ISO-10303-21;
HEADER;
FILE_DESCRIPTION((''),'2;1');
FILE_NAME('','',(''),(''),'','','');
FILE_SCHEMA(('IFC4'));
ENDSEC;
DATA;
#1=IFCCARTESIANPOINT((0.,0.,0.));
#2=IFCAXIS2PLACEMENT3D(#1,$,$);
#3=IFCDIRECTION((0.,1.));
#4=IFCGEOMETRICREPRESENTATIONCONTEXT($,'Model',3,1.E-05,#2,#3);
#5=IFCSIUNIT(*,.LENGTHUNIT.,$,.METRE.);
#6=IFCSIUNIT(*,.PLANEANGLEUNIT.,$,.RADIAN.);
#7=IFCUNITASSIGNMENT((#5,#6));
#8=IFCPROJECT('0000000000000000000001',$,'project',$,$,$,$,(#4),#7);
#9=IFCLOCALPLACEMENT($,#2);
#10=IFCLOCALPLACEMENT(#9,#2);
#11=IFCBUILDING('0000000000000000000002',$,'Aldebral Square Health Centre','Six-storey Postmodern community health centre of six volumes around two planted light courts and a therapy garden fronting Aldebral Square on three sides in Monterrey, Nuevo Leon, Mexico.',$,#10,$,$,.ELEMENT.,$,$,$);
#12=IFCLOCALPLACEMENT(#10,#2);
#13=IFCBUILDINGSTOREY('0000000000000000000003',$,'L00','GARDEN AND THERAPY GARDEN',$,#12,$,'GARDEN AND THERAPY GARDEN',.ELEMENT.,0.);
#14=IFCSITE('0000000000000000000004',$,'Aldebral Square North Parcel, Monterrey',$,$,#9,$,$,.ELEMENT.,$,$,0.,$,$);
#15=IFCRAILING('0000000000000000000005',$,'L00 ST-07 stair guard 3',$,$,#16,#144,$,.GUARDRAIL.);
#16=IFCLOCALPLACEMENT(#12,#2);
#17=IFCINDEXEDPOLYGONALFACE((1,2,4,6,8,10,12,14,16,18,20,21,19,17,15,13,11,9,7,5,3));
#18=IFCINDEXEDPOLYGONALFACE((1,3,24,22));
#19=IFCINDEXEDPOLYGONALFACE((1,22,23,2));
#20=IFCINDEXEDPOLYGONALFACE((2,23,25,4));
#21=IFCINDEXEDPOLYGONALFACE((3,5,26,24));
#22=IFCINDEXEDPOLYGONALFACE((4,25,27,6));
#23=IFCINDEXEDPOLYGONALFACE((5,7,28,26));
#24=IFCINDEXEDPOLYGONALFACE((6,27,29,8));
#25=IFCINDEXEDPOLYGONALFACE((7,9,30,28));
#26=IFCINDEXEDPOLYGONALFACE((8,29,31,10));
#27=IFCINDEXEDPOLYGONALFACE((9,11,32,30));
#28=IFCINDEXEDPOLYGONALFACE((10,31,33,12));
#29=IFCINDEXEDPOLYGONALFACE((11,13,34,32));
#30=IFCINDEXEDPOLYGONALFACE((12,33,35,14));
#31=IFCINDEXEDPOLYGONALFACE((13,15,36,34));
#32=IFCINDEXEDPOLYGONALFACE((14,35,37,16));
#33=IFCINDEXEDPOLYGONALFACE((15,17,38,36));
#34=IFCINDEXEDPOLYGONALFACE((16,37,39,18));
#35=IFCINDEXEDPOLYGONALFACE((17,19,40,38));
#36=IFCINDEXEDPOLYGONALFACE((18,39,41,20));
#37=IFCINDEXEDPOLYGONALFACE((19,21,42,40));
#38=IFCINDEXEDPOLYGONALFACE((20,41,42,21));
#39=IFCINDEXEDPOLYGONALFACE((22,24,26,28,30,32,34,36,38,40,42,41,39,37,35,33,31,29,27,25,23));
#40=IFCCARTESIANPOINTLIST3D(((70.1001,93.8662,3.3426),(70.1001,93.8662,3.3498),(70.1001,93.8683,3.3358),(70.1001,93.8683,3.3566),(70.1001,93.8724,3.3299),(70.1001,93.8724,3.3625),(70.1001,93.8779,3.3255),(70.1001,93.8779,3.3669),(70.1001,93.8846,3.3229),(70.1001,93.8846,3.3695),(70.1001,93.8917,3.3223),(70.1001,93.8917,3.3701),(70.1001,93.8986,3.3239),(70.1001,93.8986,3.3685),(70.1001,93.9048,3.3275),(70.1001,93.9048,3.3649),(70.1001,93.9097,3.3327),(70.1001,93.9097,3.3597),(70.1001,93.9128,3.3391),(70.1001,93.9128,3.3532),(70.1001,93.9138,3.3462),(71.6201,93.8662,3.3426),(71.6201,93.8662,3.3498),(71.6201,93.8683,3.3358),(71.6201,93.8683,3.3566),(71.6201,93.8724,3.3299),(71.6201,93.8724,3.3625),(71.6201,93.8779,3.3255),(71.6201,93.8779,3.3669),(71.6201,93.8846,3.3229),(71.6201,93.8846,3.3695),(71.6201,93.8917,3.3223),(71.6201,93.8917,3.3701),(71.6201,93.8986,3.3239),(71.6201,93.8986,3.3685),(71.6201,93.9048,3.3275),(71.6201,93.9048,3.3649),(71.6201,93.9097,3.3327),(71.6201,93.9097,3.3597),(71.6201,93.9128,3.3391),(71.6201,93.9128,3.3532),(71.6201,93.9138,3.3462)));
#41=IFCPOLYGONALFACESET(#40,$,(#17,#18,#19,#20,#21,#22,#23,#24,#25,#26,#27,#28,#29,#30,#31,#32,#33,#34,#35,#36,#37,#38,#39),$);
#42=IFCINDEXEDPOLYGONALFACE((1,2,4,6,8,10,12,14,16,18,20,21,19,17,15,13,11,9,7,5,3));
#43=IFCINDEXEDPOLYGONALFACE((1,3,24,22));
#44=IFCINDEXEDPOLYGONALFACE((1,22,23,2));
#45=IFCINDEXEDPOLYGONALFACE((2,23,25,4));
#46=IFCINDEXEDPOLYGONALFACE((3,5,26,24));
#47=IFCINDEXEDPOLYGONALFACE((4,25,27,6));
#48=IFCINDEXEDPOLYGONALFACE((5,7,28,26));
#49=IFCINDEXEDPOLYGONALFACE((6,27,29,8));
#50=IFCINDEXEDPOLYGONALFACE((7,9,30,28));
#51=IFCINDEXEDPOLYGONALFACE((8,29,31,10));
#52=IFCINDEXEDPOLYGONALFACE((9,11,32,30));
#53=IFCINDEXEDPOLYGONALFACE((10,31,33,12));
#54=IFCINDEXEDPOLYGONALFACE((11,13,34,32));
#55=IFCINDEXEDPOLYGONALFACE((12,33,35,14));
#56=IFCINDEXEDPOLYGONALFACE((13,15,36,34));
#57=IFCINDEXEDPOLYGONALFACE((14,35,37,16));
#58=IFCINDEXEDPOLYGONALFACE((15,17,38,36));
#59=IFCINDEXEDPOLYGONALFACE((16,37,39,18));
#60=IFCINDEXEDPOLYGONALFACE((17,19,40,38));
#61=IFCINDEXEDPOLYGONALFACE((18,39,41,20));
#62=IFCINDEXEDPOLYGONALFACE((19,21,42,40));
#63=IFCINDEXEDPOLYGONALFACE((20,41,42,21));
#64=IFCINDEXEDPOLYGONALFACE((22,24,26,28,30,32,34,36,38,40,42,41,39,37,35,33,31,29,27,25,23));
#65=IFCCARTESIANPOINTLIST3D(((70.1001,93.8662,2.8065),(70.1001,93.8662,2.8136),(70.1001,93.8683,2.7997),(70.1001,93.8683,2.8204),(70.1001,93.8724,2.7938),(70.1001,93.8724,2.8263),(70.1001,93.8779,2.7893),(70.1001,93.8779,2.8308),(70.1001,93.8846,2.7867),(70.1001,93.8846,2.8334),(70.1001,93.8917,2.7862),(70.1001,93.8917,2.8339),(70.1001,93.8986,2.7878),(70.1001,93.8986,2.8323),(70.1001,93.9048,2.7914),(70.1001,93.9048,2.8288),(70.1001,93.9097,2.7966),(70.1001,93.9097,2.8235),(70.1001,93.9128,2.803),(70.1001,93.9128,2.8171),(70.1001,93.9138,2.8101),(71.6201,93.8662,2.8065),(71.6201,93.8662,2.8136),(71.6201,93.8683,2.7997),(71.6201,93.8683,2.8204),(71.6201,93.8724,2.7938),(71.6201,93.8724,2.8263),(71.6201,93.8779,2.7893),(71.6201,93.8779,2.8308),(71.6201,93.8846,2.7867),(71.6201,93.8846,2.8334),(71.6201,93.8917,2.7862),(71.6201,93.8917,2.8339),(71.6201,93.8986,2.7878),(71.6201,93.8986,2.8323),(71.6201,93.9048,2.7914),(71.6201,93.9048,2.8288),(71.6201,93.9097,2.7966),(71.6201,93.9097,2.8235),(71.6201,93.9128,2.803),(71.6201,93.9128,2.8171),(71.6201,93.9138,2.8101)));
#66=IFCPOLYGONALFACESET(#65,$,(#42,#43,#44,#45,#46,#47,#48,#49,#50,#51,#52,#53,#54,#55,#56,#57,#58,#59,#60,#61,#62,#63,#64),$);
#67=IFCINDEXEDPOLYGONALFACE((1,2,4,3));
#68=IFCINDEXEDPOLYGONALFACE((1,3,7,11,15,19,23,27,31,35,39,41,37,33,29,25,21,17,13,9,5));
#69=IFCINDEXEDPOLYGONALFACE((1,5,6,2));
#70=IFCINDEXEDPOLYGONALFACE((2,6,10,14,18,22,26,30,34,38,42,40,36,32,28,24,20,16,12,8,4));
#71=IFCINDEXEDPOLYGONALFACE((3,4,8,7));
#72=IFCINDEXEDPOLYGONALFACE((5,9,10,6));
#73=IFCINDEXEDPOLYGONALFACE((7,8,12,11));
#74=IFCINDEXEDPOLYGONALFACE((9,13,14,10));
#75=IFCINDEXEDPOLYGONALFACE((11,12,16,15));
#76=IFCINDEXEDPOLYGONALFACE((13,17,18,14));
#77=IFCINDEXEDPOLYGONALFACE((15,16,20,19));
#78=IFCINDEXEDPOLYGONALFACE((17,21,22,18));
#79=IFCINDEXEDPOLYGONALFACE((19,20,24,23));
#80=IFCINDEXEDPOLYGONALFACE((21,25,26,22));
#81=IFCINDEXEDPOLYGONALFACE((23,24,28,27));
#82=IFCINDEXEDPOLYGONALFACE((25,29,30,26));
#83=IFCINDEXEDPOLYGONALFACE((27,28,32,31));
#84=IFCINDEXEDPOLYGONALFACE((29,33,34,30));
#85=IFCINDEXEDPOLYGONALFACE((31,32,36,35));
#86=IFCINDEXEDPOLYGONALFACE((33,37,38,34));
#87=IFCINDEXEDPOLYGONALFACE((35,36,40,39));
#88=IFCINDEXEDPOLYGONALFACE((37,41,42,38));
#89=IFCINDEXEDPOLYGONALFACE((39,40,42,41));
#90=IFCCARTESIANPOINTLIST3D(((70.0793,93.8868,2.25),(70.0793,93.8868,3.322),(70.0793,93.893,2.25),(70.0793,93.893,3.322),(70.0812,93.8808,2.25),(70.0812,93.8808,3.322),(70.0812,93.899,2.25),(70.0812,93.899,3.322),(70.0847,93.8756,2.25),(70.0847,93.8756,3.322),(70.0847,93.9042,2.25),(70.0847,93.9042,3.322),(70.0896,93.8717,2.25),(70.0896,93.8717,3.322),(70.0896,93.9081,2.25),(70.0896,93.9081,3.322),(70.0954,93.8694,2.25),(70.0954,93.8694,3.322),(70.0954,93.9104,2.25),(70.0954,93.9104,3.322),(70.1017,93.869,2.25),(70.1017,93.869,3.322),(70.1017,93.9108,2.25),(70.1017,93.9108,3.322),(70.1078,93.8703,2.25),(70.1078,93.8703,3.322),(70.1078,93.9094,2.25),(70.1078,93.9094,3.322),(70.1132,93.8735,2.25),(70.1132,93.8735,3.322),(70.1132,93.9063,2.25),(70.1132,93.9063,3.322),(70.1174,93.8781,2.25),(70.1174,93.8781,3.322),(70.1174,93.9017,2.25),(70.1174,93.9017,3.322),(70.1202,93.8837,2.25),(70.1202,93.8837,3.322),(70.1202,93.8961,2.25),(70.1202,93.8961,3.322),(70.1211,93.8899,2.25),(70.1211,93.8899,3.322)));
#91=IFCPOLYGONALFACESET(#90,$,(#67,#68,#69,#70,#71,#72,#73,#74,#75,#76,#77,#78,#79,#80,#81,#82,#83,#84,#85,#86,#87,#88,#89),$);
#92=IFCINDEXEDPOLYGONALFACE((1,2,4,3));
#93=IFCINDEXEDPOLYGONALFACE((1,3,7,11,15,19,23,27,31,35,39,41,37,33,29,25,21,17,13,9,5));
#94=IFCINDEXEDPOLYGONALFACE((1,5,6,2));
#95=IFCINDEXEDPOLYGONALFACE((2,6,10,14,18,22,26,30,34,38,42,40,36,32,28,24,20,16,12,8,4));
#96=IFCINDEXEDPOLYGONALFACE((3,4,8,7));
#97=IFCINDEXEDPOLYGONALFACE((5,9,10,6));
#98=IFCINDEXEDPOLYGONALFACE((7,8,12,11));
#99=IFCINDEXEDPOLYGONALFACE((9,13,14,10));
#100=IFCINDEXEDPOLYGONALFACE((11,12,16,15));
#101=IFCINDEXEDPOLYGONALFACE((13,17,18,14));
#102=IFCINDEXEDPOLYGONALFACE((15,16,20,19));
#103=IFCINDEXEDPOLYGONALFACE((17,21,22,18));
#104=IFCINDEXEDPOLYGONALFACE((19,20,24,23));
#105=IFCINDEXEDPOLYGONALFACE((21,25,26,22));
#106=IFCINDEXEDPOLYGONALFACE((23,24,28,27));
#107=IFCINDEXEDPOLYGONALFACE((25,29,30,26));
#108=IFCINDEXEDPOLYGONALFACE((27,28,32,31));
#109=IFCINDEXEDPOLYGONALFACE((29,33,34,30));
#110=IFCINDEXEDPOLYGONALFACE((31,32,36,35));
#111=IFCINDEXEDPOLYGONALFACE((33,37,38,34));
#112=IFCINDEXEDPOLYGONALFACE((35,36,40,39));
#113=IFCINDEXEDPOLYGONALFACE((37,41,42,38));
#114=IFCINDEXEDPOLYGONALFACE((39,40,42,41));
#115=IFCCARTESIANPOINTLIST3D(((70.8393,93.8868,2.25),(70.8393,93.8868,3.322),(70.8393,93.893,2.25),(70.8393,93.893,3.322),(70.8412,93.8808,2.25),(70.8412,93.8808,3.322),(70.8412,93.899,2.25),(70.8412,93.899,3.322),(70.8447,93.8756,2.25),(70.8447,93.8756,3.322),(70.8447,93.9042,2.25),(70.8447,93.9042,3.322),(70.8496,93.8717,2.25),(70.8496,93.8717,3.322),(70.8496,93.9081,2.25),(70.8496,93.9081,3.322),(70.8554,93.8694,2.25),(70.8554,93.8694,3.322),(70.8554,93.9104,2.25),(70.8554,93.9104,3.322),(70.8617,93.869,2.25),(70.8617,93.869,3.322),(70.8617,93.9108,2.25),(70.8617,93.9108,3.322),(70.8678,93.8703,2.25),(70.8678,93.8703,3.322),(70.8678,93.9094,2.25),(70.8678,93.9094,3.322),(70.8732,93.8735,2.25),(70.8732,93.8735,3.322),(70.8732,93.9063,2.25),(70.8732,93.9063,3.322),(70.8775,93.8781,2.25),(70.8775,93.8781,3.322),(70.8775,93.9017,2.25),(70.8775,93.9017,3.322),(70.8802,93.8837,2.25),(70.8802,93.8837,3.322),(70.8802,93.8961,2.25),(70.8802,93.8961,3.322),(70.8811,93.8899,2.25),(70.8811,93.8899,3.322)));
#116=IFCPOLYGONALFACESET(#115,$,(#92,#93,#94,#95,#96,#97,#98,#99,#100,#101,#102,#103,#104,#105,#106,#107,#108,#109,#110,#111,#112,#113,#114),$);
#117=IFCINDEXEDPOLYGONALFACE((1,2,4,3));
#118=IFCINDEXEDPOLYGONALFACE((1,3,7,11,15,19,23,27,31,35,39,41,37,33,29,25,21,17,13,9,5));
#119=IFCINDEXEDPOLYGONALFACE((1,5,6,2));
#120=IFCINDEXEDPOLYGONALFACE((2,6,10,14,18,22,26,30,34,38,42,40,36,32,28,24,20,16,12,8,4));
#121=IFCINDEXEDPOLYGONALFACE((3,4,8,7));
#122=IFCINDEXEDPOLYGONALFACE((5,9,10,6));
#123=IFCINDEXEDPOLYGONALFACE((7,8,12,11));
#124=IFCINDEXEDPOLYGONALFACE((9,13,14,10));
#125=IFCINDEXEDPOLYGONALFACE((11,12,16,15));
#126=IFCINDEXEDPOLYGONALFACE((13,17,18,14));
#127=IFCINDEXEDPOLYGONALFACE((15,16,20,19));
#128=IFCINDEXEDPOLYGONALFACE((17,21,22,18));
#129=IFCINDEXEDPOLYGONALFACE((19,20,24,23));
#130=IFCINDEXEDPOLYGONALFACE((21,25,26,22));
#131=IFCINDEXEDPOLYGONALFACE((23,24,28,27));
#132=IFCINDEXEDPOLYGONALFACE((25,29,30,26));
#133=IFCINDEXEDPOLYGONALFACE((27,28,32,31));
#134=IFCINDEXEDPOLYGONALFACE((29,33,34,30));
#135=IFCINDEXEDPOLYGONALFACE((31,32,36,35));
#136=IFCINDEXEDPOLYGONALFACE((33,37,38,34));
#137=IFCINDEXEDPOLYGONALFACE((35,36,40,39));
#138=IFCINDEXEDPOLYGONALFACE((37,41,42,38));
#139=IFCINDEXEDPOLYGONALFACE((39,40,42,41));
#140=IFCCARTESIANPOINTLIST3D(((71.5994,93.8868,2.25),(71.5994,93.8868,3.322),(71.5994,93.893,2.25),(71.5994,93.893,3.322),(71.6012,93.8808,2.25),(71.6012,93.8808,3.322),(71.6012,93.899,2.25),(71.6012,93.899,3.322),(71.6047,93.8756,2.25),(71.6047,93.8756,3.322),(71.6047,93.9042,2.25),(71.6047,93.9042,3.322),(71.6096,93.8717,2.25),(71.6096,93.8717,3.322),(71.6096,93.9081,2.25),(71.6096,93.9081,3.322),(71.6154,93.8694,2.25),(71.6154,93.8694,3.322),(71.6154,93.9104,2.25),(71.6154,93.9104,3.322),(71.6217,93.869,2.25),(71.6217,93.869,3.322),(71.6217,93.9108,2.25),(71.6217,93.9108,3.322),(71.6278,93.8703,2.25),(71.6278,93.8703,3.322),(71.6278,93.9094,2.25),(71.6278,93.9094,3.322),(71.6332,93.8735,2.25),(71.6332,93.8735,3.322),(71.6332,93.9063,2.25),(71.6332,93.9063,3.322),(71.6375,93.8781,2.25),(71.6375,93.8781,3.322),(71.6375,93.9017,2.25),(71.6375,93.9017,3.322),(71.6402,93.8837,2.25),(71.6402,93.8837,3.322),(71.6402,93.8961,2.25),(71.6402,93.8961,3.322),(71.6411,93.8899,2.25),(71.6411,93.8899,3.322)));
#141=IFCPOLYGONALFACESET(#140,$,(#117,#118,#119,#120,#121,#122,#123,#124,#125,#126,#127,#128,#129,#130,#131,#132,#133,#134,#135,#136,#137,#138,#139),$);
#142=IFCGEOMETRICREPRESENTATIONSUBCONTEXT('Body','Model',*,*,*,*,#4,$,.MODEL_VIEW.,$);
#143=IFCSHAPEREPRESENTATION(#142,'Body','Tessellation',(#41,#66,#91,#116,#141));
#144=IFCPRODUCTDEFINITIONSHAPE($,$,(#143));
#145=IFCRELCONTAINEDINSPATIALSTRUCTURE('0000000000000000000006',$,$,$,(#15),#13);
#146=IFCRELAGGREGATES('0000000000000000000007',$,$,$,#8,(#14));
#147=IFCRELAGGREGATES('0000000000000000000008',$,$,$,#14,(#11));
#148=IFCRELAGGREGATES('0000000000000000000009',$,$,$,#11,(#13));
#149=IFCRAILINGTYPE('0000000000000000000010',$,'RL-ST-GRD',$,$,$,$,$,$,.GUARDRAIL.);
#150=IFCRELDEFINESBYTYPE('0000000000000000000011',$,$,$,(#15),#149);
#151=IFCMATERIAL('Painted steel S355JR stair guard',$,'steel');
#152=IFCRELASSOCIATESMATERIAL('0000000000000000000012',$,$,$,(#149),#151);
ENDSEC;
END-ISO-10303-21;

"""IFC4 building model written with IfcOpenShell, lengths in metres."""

from ifc_helpers import new_model, si_unit, direction, frame, origin, origin_2d, place, context, subcontext, project, spatial, circle, extrude, material, type_object, element, save


model = new_model("IFC4")

# Units and contexts
model_context = context("Model", 3, precision=1e-05, world=origin(), true_north=direction((0.0, 1.0)))
body_context = subcontext(model_context, "Body", "Model", "MODEL_VIEW")
ifc_project = project(units=[si_unit("LENGTHUNIT", "METRE"), si_unit("PLANEANGLEUNIT", "RADIAN")], contexts=[model_context])

# Site, building, storey
site_placement = place(None, origin())
site = spatial("IfcSite", under=ifc_project, at=site_placement, Name="Aldebral Square North Parcel, Monterrey", CompositionType="ELEMENT", RefElevation=0.0)
building_placement = place(site_placement, origin())
building = spatial("IfcBuilding", under=site, at=building_placement, Name="Aldebral Square Health Centre", Description="Six-storey Postmodern community health centre of six volumes around two planted light courts and a therapy garden fronting Aldebral Square on three sides in Monterrey, Nuevo Leon, Mexico.", CompositionType="ELEMENT")
storey_placement = place(building_placement, origin())
storey = spatial("IfcBuildingStorey", under=building, at=storey_placement, Name="L00", Description="GARDEN AND THERAPY GARDEN", LongName="GARDEN AND THERAPY GARDEN", CompositionType="ELEMENT", Elevation=0.0)

# Railing
ifc_material_1 = material(Name="Painted steel S355JR stair guard", Category="steel")
railing_type_1 = type_object("IfcRailingType", Name="RL-ST-GRD", PredefinedType="GUARDRAIL", material=ifc_material_1)
for number, where, name in (
    (1, (70.1001, 93.8899, 2.25), "L00 ST-07 stair guard 3"),
):
    element("IfcRailing", number, at=place(storey_placement, frame(where)), inside=storey, type_object=railing_type_1, Name=name, PredefinedType="GUARDRAIL", context=body_context, shape_type="SweptSolid", body=[
        extrude(circle(Radius=0.0239, at=origin_2d()), frame((0.0, 0.0, 1.0962), z_axis=(1.0, 0.0, 0.0), x_axis=(0.0, 1.0, 0.0)), (0.0, 0.0, 1.0), 1.52),
        extrude(circle(Radius=0.0239, at=origin_2d()), frame((0.0, 0.0, 0.5601), z_axis=(1.0, 0.0, 0.0), x_axis=(0.0, 1.0, 0.0)), (0.0, 0.0, 1.0), 1.52),
        extrude(circle(Radius=0.021, at=origin_2d()), origin(), (0.0, 0.0, 1.0), 1.072),
        extrude(circle(Radius=0.021, at=origin_2d()), frame((0.76, 0.0, 0.0)), (0.0, 0.0, 1.0), 1.072),
        extrude(circle(Radius=0.021, at=origin_2d()), frame((1.52, 0.0, 0.0)), (0.0, 0.0, 1.0), 1.072),
    ])

save(model, "model.ifc")
